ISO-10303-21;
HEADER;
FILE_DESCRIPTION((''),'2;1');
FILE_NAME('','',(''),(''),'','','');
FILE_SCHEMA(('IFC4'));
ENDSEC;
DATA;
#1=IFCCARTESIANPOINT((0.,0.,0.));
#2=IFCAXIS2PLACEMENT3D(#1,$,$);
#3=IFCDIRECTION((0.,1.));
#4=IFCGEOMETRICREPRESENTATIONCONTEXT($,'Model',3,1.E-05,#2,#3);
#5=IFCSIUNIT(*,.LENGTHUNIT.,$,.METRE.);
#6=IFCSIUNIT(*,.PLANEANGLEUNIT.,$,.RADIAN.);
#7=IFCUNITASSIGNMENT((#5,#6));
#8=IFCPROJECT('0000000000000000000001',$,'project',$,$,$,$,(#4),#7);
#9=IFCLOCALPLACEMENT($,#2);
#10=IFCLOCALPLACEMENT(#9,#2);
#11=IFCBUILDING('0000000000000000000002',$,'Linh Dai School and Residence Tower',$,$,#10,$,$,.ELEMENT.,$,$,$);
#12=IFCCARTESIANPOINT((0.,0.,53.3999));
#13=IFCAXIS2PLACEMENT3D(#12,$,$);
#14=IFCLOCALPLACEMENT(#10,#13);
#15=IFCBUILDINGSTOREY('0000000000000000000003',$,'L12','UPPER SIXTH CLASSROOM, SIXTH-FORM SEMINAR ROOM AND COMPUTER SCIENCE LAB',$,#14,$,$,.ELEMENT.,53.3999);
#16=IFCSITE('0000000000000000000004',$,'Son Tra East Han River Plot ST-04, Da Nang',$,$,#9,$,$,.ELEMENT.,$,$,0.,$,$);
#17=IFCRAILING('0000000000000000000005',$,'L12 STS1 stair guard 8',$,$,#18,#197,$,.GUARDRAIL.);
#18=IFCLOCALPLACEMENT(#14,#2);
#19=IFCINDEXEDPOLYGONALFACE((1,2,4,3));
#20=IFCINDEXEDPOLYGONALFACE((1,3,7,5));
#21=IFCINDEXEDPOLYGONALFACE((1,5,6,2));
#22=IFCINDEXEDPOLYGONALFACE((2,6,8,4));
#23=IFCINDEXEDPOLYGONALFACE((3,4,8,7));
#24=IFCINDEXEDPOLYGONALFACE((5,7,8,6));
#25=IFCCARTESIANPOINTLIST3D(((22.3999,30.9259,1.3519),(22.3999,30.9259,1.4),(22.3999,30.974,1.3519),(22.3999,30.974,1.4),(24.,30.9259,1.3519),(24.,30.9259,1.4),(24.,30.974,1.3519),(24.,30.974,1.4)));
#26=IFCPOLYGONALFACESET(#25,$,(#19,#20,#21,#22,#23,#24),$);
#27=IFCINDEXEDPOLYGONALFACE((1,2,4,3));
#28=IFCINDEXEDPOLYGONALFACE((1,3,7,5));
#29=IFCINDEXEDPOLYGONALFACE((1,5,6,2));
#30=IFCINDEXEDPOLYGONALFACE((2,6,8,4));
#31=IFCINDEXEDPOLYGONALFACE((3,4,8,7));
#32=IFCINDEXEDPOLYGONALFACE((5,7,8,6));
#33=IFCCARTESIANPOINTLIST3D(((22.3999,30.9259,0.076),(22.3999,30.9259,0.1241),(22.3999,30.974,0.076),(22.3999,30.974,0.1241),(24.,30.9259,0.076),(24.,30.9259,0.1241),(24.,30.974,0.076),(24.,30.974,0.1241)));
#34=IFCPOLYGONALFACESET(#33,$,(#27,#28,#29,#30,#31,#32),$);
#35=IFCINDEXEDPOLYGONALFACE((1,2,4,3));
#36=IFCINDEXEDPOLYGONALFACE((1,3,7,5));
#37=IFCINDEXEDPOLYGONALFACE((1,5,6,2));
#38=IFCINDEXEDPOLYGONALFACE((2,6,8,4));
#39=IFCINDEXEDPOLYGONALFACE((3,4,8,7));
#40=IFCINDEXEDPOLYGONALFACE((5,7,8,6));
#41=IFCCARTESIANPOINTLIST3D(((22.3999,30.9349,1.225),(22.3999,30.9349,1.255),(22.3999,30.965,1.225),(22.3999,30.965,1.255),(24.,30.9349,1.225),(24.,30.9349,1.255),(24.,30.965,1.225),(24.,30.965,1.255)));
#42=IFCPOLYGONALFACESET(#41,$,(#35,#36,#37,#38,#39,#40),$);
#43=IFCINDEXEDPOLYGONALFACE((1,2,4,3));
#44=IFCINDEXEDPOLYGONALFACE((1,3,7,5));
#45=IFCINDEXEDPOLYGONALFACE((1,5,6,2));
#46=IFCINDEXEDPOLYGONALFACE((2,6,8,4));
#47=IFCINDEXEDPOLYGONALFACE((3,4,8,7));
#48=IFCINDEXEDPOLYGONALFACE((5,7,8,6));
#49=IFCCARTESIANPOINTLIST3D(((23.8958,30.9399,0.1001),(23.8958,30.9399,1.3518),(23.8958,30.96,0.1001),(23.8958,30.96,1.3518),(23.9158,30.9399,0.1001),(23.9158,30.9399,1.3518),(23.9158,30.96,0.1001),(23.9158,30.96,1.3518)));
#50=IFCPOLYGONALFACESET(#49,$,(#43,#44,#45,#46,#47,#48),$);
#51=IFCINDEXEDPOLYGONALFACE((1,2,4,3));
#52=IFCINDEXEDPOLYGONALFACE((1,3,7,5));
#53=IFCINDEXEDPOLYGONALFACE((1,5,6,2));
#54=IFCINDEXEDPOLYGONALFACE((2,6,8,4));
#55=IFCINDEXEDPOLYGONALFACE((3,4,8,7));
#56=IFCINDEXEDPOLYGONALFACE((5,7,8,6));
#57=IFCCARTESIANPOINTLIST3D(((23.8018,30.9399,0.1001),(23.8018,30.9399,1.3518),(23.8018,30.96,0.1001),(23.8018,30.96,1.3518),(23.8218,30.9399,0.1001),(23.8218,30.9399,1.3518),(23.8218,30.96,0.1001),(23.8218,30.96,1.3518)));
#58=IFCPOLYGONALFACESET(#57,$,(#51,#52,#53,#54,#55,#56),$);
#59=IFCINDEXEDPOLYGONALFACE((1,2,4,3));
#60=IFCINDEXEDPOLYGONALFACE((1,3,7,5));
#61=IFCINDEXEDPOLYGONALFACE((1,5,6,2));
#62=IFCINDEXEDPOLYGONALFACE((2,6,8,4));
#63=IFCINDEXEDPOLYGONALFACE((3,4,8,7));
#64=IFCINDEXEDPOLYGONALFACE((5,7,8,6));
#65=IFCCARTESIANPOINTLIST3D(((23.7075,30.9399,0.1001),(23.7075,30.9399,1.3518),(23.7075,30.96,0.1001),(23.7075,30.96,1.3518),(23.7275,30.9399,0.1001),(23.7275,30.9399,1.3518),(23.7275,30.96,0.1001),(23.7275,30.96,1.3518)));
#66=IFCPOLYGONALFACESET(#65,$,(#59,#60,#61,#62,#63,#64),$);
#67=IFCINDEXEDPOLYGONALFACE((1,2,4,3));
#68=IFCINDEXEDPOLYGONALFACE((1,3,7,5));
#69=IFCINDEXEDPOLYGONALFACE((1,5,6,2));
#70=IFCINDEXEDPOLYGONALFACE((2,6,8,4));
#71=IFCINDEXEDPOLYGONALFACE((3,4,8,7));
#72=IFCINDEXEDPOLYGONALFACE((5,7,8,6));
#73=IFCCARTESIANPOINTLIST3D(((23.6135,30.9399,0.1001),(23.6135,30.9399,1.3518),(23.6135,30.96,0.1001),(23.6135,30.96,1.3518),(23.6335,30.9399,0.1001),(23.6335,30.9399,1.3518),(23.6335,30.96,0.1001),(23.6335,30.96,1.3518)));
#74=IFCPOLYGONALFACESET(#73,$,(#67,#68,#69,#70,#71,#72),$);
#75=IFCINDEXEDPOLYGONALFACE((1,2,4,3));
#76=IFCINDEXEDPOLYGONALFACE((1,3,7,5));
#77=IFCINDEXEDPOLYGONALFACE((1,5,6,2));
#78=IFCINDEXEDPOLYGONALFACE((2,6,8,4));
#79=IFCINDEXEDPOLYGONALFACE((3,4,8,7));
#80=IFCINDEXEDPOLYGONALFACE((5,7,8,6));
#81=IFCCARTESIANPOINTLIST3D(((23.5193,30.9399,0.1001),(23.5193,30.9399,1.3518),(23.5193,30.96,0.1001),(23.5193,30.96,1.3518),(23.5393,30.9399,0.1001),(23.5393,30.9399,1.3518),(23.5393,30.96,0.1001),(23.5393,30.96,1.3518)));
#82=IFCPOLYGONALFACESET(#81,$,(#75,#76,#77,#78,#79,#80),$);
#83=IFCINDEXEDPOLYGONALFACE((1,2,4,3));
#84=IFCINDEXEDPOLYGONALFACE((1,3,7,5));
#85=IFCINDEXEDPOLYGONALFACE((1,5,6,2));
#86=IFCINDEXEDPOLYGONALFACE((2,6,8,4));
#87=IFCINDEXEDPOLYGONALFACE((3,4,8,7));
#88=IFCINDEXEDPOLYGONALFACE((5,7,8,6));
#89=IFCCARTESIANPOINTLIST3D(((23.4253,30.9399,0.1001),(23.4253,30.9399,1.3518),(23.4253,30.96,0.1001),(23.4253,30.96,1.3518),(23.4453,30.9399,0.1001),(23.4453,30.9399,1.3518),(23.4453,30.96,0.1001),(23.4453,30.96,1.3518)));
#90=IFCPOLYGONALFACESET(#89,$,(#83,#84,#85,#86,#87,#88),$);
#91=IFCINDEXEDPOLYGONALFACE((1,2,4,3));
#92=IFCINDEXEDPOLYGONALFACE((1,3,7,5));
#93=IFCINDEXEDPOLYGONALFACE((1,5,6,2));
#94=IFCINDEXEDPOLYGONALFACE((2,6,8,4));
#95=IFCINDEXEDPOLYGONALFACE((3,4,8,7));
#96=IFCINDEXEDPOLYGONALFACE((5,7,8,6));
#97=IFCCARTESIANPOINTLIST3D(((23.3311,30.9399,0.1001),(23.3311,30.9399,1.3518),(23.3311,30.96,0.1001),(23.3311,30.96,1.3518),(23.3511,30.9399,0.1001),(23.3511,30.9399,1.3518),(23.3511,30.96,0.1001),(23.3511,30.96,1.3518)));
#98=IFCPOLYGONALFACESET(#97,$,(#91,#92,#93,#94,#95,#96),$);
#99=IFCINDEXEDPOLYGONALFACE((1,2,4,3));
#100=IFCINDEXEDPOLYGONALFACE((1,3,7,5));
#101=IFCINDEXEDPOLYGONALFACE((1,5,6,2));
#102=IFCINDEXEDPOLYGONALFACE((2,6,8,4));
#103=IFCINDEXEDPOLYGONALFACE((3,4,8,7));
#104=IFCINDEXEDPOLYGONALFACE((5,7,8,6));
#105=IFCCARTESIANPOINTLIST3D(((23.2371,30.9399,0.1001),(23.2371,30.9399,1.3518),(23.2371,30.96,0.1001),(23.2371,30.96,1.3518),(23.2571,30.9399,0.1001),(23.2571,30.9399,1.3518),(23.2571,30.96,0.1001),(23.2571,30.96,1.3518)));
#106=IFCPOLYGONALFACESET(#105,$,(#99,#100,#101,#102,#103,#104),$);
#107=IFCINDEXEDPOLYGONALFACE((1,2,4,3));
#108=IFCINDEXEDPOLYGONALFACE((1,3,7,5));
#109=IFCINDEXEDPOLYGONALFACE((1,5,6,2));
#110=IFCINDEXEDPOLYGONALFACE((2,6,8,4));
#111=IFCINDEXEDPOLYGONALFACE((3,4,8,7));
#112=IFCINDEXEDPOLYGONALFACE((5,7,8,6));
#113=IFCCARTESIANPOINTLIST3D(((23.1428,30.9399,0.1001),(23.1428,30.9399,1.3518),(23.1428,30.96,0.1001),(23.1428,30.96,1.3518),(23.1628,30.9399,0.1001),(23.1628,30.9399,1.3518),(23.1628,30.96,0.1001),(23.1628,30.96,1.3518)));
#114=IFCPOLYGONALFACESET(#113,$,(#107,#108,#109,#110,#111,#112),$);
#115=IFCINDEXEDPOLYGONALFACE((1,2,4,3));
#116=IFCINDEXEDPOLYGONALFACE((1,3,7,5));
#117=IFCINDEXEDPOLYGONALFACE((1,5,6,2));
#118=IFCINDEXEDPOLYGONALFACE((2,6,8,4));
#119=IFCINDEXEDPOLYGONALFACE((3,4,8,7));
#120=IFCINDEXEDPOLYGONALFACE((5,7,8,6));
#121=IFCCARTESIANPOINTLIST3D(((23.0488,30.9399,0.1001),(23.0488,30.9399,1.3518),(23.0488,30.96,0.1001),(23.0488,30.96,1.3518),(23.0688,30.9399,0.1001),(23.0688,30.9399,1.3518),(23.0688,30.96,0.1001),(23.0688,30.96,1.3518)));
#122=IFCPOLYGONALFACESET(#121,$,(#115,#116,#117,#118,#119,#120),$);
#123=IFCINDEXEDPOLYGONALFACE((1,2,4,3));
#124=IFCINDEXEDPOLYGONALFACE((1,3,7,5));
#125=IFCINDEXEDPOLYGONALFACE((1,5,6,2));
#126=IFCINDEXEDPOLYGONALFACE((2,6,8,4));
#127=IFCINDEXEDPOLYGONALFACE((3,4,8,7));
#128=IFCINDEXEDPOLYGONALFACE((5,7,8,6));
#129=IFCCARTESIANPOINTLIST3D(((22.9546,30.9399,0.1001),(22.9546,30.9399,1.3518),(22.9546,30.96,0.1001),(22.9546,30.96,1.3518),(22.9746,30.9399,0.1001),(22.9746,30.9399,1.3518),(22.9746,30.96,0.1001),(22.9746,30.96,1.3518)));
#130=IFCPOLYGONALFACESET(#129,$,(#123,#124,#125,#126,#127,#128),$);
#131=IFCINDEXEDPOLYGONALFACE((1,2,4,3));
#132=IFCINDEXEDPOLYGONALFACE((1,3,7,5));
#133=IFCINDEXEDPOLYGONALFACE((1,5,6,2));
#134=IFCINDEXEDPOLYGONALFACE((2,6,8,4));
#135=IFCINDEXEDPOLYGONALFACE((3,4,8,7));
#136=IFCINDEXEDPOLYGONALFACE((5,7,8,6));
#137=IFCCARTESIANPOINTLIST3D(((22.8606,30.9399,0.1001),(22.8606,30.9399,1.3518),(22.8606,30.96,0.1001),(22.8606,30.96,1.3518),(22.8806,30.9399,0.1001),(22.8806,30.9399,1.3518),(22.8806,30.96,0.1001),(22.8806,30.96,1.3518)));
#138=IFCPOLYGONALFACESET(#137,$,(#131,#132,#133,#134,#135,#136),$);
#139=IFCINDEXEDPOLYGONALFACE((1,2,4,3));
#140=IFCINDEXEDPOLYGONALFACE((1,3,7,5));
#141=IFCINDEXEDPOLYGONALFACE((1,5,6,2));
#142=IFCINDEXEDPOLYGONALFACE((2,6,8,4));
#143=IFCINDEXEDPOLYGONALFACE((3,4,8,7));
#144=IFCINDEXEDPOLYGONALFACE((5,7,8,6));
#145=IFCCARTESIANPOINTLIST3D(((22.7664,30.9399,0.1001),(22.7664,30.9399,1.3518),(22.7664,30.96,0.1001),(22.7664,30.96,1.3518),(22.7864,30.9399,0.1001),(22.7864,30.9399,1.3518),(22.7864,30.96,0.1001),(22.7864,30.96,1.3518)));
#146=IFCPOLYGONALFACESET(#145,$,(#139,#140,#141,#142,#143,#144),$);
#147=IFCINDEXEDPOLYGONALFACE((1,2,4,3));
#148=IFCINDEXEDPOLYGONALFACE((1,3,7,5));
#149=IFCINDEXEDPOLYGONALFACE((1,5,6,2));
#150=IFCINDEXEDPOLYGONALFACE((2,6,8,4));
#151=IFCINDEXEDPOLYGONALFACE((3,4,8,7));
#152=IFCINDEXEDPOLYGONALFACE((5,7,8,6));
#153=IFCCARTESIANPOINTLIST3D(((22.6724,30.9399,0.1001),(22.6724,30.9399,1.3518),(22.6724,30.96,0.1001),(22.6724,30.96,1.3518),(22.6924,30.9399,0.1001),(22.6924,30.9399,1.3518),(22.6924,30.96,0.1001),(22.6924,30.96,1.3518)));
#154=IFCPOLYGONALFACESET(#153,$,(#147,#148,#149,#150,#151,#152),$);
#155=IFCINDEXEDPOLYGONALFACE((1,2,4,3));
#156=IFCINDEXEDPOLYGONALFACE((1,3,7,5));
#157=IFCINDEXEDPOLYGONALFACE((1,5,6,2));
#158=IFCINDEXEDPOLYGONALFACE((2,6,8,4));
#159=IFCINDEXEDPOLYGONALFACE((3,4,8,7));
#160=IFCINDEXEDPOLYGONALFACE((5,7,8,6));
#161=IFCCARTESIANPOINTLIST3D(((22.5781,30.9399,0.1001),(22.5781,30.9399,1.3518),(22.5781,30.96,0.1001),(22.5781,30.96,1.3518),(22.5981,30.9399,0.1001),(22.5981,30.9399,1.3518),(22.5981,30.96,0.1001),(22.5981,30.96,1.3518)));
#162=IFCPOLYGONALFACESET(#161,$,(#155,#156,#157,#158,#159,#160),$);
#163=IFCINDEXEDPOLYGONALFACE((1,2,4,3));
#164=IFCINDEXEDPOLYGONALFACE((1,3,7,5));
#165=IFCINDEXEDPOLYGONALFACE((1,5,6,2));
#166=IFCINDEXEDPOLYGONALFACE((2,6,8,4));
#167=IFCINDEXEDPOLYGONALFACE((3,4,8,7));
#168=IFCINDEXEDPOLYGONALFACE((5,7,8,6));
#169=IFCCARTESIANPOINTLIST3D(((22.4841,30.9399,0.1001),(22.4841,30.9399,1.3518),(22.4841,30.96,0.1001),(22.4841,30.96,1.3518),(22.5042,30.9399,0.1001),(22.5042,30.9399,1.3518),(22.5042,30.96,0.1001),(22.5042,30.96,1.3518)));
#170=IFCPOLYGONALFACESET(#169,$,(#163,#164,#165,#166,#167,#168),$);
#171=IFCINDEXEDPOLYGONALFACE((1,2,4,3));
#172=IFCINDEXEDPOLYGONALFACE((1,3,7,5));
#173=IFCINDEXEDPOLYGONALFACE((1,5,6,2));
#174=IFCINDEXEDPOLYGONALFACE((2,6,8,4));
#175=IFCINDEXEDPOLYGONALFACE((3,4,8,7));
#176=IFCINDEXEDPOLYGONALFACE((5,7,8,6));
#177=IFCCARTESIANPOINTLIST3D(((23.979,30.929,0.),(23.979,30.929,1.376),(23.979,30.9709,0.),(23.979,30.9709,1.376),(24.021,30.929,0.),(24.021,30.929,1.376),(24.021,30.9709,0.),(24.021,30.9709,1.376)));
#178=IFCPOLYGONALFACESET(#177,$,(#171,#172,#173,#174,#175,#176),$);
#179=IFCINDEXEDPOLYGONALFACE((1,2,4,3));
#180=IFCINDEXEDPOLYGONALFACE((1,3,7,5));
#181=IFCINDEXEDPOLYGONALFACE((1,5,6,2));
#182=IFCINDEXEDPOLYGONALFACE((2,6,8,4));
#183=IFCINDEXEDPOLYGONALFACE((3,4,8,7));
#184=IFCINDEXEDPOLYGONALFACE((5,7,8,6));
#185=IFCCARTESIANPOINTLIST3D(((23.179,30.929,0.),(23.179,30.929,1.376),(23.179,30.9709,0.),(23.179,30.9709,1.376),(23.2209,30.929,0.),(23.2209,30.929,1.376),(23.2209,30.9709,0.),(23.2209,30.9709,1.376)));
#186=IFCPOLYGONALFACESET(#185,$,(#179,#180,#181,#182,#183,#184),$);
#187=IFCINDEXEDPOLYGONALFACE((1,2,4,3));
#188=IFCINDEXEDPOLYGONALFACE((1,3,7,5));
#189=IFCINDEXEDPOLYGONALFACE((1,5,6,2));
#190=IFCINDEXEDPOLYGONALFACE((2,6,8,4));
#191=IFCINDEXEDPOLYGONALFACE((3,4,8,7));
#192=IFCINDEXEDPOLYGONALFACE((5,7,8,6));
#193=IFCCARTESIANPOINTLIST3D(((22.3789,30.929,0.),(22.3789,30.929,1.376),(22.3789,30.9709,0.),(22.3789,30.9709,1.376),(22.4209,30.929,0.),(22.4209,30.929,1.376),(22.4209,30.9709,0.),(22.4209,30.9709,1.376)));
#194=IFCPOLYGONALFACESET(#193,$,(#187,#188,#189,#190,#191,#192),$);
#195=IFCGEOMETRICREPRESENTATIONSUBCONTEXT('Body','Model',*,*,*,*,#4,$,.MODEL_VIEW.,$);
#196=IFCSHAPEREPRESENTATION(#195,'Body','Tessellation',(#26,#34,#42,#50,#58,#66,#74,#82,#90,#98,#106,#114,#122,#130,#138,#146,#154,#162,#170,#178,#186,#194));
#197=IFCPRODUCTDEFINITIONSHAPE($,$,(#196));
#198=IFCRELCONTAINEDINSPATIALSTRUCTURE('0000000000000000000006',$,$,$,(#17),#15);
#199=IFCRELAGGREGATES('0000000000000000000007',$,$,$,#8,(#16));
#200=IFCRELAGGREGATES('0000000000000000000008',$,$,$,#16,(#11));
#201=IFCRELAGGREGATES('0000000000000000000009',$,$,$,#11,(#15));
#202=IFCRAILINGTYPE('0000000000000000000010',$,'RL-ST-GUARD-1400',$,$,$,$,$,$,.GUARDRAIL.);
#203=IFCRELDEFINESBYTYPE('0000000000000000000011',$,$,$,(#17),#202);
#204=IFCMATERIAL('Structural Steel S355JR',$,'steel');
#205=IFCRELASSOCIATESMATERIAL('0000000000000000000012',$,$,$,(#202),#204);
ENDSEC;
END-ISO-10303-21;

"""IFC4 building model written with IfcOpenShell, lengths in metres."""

from ifc_helpers import new_model, si_unit, direction, frame, origin, origin_2d, place, context, subcontext, project, spatial, rectangle, extrude, source, transform, mapped, material, type_object, element, save


model = new_model("IFC4")

# Units and contexts
model_context = context("Model", 3, precision=1e-05, world=origin(), true_north=direction((0.0, 1.0)))
body_context = subcontext(model_context, "Body", "Model", "MODEL_VIEW")
ifc_project = project(units=[si_unit("LENGTHUNIT", "METRE"), si_unit("PLANEANGLEUNIT", "RADIAN")], contexts=[model_context])

# Site, building, storey
site_placement = place(None, origin())
site = spatial("IfcSite", under=ifc_project, at=site_placement, Name="Son Tra East Han River Plot ST-04, Da Nang", CompositionType="ELEMENT", RefElevation=0.0)
building_placement = place(site_placement, origin())
building = spatial("IfcBuilding", under=site, at=building_placement, Name="Linh Dai School and Residence Tower", CompositionType="ELEMENT")
storey_placement = place(building_placement, frame((0.0, 0.0, 53.3999)))
storey = spatial("IfcBuildingStorey", under=building, at=storey_placement, Name="L12", Description="UPPER SIXTH CLASSROOM, SIXTH-FORM SEMINAR ROOM AND COMPUTER SCIENCE LAB", CompositionType="ELEMENT", Elevation=53.3999)

# Shared definitions
ifc_material_1 = material(Name="Structural Steel S355JR", Category="steel")

# Railing
railing_type_1 = type_object("IfcRailingType", Name="RL-ST-GUARD-1400", PredefinedType="GUARDRAIL", material=ifc_material_1)
shared_shape_1 = source(origin(), body_context, "Body", "SweptSolid", [
    extrude(rectangle(XDim=0.0481, YDim=0.0481, at=origin_2d()), frame((0.0, 0.0, 1.376), z_axis=(-1.0, 0.0, 0.0), x_axis=(0.0, -1.0, 0.0)), (0.0, 0.0, 1.0), 1.6001),
    extrude(rectangle(XDim=0.0481, YDim=0.0481, at=origin_2d()), frame((0.0, 0.0, 0.1001), z_axis=(-1.0, 0.0, 0.0), x_axis=(0.0, -1.0, 0.0)), (0.0, 0.0, 1.0), 1.6001),
    extrude(rectangle(XDim=0.03, YDim=0.03, at=origin_2d()), frame((0.0, 0.0, 1.24), z_axis=(-1.0, 0.0, 0.0), x_axis=(0.0, -1.0, 0.0)), (0.0, 0.0, 1.0), 1.6001),
    extrude(rectangle(XDim=0.02, YDim=0.02, at=origin_2d()), frame((-0.0942, 0.0, 0.1001)), (0.0, 0.0, 1.0), 1.2517),
    extrude(rectangle(XDim=0.02, YDim=0.02, at=origin_2d()), frame((-0.1882, 0.0, 0.1001)), (0.0, 0.0, 1.0), 1.2517),
    extrude(rectangle(XDim=0.02, YDim=0.02, at=origin_2d()), frame((-0.2825, 0.0, 0.1001)), (0.0, 0.0, 1.0), 1.2517),
    extrude(rectangle(XDim=0.02, YDim=0.02, at=origin_2d()), frame((-0.3765, 0.0, 0.1001)), (0.0, 0.0, 1.0), 1.2517),
    extrude(rectangle(XDim=0.02, YDim=0.02, at=origin_2d()), frame((-0.4707, 0.0, 0.1001)), (0.0, 0.0, 1.0), 1.2517),
    extrude(rectangle(XDim=0.02, YDim=0.02, at=origin_2d()), frame((-0.5647, 0.0, 0.1001)), (0.0, 0.0, 1.0), 1.2517),
    extrude(rectangle(XDim=0.02, YDim=0.02, at=origin_2d()), frame((-0.6589, 0.0, 0.1001)), (0.0, 0.0, 1.0), 1.2517),
    extrude(rectangle(XDim=0.02, YDim=0.02, at=origin_2d()), frame((-0.7529, 0.0, 0.1001)), (0.0, 0.0, 1.0), 1.2517),
    extrude(rectangle(XDim=0.02, YDim=0.02, at=origin_2d()), frame((-0.8472, 0.0, 0.1001)), (0.0, 0.0, 1.0), 1.2517),
    extrude(rectangle(XDim=0.02, YDim=0.02, at=origin_2d()), frame((-0.9412, 0.0, 0.1001)), (0.0, 0.0, 1.0), 1.2517),
    extrude(rectangle(XDim=0.02, YDim=0.02, at=origin_2d()), frame((-1.0354, 0.0, 0.1001)), (0.0, 0.0, 1.0), 1.2517),
    extrude(rectangle(XDim=0.02, YDim=0.02, at=origin_2d()), frame((-1.1294, 0.0, 0.1001)), (0.0, 0.0, 1.0), 1.2517),
    extrude(rectangle(XDim=0.02, YDim=0.02, at=origin_2d()), frame((-1.2236, 0.0, 0.1001)), (0.0, 0.0, 1.0), 1.2517),
    extrude(rectangle(XDim=0.02, YDim=0.02, at=origin_2d()), frame((-1.3176, 0.0, 0.1001)), (0.0, 0.0, 1.0), 1.2517),
    extrude(rectangle(XDim=0.02, YDim=0.02, at=origin_2d()), frame((-1.4119, 0.0, 0.1001)), (0.0, 0.0, 1.0), 1.2517),
    extrude(rectangle(XDim=0.02, YDim=0.02, at=origin_2d()), frame((-1.5059, 0.0, 0.1001)), (0.0, 0.0, 1.0), 1.2517),
    extrude(rectangle(XDim=0.042, YDim=0.042, at=origin_2d()), origin(), (0.0, 0.0, 1.0), 1.376),
    extrude(rectangle(XDim=0.042, YDim=0.042, at=origin_2d()), frame((-0.8, 0.0, 0.0)), (0.0, 0.0, 1.0), 1.376),
    extrude(rectangle(XDim=0.042, YDim=0.042, at=origin_2d()), frame((-1.6001, 0.0, 0.0)), (0.0, 0.0, 1.0), 1.376),
])
for number, where, name in (
    (1, (24.0, 30.95, 0.0), "L12 STS1 stair guard 8"),
):
    element("IfcRailing", number, at=place(storey_placement, frame(where)), inside=storey, type_object=railing_type_1, Name=name, PredefinedType="GUARDRAIL", context=body_context, shape_type="MappedRepresentation", body=[
        mapped(shared_shape_1, transform((0.0, 0.0, 0.0), x_axis=(1.0, 0.0, 0.0), y_axis=(0.0, 1.0, 0.0), z_axis=(0.0, 0.0, 1.0), scale=1.0)),
    ])

save(model, "model.ifc")
